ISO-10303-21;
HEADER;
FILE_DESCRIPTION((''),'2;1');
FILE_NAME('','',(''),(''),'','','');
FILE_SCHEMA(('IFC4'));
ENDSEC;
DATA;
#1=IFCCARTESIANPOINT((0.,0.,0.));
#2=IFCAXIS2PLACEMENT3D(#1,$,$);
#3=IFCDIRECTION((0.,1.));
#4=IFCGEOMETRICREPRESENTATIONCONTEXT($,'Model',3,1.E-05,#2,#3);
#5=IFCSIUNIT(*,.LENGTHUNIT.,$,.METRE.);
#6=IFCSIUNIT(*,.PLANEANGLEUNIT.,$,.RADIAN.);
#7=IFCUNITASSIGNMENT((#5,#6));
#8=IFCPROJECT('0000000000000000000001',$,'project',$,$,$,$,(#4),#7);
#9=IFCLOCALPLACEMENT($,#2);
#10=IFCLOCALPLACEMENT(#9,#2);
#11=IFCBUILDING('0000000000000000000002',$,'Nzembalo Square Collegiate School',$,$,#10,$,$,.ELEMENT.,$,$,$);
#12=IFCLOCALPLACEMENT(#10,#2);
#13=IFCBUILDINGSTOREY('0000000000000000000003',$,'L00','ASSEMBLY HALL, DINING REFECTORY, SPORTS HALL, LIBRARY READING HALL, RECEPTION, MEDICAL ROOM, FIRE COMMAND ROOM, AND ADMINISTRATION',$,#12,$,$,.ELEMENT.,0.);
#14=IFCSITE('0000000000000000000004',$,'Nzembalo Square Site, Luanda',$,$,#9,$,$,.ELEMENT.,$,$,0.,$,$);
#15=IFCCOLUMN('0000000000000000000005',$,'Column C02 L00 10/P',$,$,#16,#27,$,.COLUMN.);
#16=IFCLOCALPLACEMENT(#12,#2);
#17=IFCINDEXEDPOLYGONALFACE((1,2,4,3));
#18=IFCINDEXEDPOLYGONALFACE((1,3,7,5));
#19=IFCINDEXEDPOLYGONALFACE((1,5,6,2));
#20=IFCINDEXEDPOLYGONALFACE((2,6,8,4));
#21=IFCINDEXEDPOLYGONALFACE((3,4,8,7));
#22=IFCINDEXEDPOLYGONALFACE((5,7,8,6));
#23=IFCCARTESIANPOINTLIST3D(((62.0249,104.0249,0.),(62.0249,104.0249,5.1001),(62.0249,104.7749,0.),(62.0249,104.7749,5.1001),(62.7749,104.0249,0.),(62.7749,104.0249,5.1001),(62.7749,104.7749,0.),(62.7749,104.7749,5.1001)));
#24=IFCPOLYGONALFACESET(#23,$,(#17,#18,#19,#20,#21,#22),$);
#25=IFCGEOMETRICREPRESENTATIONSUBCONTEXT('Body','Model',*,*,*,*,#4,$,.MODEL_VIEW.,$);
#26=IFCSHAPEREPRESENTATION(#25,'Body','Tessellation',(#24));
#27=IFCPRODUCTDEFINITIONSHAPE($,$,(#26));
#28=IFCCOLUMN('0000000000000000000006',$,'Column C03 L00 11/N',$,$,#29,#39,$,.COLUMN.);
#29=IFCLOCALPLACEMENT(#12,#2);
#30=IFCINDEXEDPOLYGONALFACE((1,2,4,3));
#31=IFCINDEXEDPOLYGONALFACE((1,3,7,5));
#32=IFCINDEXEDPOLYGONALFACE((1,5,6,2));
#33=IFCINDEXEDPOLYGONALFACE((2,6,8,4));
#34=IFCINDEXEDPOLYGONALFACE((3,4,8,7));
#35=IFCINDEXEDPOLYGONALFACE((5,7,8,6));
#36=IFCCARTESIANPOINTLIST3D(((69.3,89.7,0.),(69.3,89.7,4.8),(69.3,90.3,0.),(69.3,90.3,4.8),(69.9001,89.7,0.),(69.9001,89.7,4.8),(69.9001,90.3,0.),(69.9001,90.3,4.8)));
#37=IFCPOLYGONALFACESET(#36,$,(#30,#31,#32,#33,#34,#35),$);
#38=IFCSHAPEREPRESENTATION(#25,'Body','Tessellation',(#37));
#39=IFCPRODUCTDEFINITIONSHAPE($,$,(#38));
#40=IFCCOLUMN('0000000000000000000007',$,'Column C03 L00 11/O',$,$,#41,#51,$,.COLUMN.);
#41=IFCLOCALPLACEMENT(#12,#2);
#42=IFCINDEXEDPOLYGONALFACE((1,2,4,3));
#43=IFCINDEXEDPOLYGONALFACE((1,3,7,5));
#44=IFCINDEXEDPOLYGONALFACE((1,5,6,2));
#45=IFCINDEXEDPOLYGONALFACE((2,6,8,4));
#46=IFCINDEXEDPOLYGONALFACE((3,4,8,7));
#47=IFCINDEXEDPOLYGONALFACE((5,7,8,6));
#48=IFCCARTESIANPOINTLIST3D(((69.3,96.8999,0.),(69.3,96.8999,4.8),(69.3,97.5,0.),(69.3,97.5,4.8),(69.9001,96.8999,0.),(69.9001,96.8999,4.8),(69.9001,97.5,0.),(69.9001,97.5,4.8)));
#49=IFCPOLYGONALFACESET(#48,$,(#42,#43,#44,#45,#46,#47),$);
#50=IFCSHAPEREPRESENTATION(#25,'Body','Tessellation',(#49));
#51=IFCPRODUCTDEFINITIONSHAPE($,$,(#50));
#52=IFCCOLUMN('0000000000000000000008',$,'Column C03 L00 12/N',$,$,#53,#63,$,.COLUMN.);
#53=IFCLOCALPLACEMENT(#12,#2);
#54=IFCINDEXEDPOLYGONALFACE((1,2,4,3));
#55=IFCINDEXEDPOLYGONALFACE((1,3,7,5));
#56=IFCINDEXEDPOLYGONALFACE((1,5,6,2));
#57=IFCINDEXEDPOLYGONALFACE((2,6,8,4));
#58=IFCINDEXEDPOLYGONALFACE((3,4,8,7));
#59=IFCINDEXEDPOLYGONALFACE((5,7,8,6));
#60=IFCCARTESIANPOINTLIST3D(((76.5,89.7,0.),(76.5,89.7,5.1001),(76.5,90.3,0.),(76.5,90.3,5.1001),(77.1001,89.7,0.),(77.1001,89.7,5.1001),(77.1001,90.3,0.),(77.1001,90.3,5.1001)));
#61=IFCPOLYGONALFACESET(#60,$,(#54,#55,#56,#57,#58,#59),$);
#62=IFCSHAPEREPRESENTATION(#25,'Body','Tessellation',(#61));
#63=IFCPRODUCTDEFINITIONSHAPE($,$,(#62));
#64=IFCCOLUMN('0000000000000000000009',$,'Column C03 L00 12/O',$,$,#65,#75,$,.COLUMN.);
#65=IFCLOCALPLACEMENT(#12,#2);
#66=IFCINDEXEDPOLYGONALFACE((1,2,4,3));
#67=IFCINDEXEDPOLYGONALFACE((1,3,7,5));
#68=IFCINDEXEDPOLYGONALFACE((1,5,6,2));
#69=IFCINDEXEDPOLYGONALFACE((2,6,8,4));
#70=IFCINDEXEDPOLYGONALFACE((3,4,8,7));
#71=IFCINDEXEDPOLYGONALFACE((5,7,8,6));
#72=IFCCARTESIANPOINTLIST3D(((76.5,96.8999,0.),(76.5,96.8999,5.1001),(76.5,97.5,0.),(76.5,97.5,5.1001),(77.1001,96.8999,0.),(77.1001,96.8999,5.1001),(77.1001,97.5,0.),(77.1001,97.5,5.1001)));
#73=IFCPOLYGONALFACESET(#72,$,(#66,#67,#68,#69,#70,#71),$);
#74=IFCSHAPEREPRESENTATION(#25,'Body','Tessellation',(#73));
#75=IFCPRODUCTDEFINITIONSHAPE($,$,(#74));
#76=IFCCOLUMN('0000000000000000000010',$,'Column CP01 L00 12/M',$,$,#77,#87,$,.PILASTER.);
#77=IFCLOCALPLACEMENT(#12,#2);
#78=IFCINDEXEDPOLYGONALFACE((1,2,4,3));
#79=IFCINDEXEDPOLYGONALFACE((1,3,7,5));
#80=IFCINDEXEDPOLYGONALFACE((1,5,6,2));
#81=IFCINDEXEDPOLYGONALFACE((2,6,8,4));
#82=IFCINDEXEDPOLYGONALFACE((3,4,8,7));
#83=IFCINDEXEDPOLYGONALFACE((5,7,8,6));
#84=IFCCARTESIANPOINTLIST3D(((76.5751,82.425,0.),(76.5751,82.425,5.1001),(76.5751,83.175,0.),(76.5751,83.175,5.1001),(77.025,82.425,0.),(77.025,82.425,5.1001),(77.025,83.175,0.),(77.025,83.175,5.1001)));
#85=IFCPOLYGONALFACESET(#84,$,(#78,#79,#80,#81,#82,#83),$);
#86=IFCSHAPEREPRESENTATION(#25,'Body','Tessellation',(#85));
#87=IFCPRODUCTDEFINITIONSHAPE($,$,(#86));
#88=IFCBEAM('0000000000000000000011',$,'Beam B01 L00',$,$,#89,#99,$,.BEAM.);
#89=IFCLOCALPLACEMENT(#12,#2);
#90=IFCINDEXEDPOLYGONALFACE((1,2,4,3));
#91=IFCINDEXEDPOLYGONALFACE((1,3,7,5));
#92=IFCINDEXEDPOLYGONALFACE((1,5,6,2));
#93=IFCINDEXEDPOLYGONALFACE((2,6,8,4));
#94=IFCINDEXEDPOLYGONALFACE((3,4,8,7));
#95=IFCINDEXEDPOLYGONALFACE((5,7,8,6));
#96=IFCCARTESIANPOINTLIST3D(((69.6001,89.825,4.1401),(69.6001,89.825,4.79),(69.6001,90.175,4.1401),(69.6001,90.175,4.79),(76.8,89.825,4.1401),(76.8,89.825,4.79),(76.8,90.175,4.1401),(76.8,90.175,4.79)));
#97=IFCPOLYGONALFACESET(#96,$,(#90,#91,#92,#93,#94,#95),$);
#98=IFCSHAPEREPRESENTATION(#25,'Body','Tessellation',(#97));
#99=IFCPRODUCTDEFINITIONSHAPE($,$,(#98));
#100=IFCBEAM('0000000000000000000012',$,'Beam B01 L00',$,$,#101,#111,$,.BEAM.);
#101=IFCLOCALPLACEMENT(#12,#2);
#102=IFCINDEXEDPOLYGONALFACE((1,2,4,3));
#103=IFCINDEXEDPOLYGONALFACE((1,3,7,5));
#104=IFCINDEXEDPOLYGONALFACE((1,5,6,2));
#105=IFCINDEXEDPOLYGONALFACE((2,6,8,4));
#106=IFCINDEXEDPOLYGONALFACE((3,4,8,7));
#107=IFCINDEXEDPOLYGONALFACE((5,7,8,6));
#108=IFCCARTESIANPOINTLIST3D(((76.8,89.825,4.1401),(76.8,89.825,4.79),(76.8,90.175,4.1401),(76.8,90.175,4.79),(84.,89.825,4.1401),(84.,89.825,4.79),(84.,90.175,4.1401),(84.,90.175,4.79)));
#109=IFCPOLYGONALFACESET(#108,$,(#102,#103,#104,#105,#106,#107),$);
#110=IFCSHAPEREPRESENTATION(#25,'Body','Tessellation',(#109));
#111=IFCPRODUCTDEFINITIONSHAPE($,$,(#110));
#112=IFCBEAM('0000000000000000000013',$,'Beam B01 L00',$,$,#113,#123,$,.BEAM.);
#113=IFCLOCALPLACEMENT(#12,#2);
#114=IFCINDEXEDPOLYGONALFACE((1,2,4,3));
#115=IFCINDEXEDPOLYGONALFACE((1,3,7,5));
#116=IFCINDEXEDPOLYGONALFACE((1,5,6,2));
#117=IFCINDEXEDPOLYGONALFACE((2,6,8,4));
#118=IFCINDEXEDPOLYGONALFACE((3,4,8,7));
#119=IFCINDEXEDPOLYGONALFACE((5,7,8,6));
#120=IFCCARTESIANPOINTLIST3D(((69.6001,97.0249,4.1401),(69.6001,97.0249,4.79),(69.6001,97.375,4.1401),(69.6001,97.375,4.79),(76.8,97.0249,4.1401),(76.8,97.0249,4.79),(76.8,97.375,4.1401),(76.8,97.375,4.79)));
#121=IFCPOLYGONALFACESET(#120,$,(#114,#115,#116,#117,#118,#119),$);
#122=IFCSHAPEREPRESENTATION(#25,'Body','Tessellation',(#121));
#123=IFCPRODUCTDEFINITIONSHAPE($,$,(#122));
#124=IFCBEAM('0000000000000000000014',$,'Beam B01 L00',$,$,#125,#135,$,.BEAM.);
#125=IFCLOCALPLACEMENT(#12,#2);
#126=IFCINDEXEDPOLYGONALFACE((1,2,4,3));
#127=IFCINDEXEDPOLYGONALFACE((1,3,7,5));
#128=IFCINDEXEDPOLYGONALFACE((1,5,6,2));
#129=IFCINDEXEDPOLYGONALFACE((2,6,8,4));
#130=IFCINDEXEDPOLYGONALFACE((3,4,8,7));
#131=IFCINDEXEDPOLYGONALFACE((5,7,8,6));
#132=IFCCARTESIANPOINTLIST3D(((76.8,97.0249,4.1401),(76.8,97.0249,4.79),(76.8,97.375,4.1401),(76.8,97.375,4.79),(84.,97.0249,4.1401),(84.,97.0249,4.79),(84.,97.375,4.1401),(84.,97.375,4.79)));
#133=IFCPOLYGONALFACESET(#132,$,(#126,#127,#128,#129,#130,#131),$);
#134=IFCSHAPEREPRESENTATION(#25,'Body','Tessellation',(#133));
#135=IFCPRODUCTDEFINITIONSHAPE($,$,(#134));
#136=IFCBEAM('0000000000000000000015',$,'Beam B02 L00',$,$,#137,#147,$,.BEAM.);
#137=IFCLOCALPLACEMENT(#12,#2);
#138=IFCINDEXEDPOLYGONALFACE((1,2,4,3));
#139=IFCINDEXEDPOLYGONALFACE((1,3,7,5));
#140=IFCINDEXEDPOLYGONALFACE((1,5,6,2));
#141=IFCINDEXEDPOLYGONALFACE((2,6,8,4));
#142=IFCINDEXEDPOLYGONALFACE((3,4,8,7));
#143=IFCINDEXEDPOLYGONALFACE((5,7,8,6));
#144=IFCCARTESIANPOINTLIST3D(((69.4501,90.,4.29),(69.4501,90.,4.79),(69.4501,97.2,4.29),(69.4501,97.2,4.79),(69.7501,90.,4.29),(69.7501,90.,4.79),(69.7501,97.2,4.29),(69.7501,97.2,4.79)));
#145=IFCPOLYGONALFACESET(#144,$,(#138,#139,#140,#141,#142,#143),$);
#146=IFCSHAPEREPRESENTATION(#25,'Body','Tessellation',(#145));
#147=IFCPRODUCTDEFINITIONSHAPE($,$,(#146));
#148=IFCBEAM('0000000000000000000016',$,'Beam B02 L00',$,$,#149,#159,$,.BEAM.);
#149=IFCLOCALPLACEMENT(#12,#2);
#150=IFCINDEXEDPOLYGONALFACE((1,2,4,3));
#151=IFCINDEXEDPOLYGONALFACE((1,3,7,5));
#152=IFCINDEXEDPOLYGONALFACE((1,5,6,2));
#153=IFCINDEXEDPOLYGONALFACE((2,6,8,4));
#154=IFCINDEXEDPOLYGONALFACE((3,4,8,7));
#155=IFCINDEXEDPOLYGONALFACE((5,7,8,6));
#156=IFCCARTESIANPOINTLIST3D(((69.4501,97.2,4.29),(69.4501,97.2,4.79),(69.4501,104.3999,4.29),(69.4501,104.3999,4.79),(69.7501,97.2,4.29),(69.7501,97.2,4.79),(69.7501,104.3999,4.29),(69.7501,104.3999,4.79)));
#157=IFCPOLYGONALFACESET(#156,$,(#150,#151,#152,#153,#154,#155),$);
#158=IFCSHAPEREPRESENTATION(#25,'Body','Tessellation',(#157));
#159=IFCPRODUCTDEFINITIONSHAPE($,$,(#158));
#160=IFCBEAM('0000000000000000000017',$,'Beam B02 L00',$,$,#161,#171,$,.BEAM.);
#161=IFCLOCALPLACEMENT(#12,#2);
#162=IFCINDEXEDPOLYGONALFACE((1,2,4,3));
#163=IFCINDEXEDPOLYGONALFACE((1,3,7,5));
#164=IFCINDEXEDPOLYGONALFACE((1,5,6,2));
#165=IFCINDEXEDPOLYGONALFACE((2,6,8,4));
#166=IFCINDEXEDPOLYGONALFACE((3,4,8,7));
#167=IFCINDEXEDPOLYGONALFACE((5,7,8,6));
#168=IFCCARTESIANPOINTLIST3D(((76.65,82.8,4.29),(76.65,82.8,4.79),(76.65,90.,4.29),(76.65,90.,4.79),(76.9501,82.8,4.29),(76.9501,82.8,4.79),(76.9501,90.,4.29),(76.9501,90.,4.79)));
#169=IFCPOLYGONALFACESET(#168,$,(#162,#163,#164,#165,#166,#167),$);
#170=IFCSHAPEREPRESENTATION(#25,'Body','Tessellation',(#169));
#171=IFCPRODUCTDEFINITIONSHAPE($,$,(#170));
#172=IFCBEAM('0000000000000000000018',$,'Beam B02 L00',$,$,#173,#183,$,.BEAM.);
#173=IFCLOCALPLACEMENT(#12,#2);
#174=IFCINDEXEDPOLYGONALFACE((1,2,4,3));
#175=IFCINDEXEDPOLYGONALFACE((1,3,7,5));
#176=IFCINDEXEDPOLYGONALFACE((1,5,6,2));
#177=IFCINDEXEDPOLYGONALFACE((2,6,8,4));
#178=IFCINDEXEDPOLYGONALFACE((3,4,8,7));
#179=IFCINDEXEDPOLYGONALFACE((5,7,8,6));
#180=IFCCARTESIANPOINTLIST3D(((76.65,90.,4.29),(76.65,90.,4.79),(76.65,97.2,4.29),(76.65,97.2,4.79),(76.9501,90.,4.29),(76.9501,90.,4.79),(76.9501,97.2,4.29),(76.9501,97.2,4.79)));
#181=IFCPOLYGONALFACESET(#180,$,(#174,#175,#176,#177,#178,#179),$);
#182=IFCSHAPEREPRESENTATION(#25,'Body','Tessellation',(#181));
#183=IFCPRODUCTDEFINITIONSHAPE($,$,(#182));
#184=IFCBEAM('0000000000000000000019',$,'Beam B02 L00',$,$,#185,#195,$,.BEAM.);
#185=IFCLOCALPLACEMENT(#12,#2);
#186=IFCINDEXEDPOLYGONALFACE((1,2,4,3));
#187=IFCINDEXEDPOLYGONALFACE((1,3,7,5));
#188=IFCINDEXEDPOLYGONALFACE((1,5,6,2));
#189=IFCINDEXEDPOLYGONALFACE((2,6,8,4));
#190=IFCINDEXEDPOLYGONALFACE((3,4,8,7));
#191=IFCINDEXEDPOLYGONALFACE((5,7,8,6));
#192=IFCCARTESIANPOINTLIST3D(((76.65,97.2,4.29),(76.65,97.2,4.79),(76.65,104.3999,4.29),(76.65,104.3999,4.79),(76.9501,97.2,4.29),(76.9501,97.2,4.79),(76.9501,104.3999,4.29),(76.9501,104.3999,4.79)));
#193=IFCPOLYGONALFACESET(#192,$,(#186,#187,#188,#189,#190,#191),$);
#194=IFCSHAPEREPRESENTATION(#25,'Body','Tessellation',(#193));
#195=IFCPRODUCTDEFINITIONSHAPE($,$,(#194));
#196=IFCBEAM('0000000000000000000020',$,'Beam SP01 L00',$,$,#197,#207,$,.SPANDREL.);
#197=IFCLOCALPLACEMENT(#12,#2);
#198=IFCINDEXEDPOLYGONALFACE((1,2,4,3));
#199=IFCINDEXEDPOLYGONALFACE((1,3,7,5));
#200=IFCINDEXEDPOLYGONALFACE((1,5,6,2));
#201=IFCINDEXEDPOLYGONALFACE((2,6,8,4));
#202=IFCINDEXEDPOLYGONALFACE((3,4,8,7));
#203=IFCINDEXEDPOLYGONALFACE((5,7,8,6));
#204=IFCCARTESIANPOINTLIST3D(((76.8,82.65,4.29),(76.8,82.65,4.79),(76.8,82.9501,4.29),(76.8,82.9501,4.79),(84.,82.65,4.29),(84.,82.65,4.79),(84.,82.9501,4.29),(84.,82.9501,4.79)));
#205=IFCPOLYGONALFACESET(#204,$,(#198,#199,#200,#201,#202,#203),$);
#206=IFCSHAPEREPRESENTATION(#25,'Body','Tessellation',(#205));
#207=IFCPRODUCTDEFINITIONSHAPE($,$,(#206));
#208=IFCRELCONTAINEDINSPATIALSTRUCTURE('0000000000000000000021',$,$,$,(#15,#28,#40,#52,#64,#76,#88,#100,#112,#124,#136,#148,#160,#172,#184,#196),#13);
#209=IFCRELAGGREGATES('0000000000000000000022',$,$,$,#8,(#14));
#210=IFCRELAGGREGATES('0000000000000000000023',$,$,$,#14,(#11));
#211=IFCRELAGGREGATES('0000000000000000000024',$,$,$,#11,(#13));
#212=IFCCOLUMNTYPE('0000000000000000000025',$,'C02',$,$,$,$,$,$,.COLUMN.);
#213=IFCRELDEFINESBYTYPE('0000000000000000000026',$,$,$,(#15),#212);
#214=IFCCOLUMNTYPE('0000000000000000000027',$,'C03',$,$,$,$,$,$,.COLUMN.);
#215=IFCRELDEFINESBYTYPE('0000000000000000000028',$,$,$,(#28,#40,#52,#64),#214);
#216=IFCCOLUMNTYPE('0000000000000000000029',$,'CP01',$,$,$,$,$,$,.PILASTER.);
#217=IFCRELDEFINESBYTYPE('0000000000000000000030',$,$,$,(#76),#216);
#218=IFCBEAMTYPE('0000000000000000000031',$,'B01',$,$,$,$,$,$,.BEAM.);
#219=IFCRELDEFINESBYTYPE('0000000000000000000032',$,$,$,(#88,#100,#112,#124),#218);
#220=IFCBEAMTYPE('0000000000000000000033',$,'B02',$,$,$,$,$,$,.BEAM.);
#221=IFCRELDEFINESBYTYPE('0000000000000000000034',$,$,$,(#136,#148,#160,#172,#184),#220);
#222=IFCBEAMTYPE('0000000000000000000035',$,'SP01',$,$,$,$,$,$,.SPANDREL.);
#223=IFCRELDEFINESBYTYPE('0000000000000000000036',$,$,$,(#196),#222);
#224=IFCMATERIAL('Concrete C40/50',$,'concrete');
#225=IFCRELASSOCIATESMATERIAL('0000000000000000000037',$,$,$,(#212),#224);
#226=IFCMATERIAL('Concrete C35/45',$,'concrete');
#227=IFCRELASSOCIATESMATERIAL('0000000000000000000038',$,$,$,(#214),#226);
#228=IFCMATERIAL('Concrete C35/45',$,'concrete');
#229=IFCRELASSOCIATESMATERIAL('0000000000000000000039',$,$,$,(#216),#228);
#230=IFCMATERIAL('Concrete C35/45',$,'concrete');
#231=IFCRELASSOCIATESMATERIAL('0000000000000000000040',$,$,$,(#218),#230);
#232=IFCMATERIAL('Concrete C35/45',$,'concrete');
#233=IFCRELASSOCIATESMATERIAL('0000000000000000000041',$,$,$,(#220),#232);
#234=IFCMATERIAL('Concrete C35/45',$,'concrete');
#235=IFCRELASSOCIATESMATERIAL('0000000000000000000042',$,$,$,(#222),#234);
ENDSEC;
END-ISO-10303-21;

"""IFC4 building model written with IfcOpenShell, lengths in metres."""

from ifc_helpers import new_model, si_unit, direction, frame, origin, origin_2d, place, context, subcontext, project, spatial, rectangle, extrude, material, material_profile, profile_set, type_object, element, save


model = new_model("IFC4")

# Units and contexts
model_context = context("Model", 3, precision=1e-05, world=origin(), true_north=direction((0.0, 1.0)))
body_context = subcontext(model_context, "Body", "Model", "MODEL_VIEW")
ifc_project = project(units=[si_unit("LENGTHUNIT", "METRE"), si_unit("PLANEANGLEUNIT", "RADIAN")], contexts=[model_context])

# Site, building, storey
site_placement = place(None, origin())
site = spatial("IfcSite", under=ifc_project, at=site_placement, Name="Nzembalo Square Site, Luanda", CompositionType="ELEMENT", RefElevation=0.0)
building_placement = place(site_placement, origin())
building = spatial("IfcBuilding", under=site, at=building_placement, Name="Nzembalo Square Collegiate School", CompositionType="ELEMENT")
storey_placement = place(building_placement, origin())
storey = spatial("IfcBuildingStorey", under=building, at=storey_placement, Name="L00", Description="ASSEMBLY HALL, DINING REFECTORY, SPORTS HALL, LIBRARY READING HALL, RECEPTION, MEDICAL ROOM, FIRE COMMAND ROOM, AND ADMINISTRATION", CompositionType="ELEMENT", Elevation=0.0)

# Columns
ifc_material_1 = material(Name="Concrete C40/50", Category="concrete")
ifc_material_profile_1 = material_profile(ifc_material_1, rectangle(XDim=0.75, YDim=0.75, at=origin_2d()), Name="RC 750x750")
ifc_profile_set_1 = profile_set([ifc_material_profile_1], Name="Concrete C40/50")
column_type_1 = type_object("IfcColumnType", Name="C02", PredefinedType="COLUMN", material=ifc_profile_set_1)
column_1_placement = place(storey_placement, frame((62.3999, 104.3999, 0.0), z_axis=(0.0, 0.0, 1.0), x_axis=(1.0, 0.0, 0.0)))
element("IfcColumn", 1, at=column_1_placement, inside=storey, type_object=column_type_1, Name="Column C02 L00 10/P", PredefinedType="COLUMN", context=body_context, shape_type="SweptSolid", body=[
    extrude(rectangle(XDim=0.75, YDim=0.75, at=origin_2d()), origin(), (0.0, 0.0, 1.0), 5.1001),
])
ifc_material_2 = material(Name="Concrete C35/45", Category="concrete")
ifc_material_profile_2 = material_profile(ifc_material_2, rectangle(XDim=0.6001, YDim=0.6001, at=origin_2d()), Name="RC 600x600")
ifc_profile_set_2 = profile_set([ifc_material_profile_2], Name="Concrete C35/45")
column_type_2 = type_object("IfcColumnType", Name="C03", PredefinedType="COLUMN", material=ifc_profile_set_2)
for number, where, z_axis, x_axis, name in (
    (2, (69.6001, 90.0, 0.0), (0.0, 0.0, 1.0), (1.0, 0.0, 0.0), "Column C03 L00 11/N"),
    (3, (69.6001, 97.2, 0.0), (0.0, 0.0, 1.0), (1.0, 0.0, 0.0), "Column C03 L00 11/O"),
):
    element("IfcColumn", number, at=place(storey_placement, frame(where, z_axis=z_axis, x_axis=x_axis)), inside=storey, type_object=column_type_2, Name=name, PredefinedType="COLUMN", context=body_context, shape_type="SweptSolid", body=[
        extrude(rectangle(XDim=0.6001, YDim=0.6001, at=origin_2d()), origin(), (0.0, 0.0, 1.0), 4.8),
    ])
for number, where, z_axis, x_axis, name in (
    (4, (76.8, 90.0, 0.0), (0.0, 0.0, 1.0), (1.0, 0.0, 0.0), "Column C03 L00 12/N"),
    (5, (76.8, 97.2, 0.0), (0.0, 0.0, 1.0), (1.0, 0.0, 0.0), "Column C03 L00 12/O"),
):
    element("IfcColumn", number, at=place(storey_placement, frame(where, z_axis=z_axis, x_axis=x_axis)), inside=storey, type_object=column_type_2, Name=name, PredefinedType="COLUMN", context=body_context, shape_type="SweptSolid", body=[
        extrude(rectangle(XDim=0.6001, YDim=0.6001, at=origin_2d()), origin(), (0.0, 0.0, 1.0), 5.1001),
    ])
ifc_material_3 = material(Name="Concrete C35/45", Category="concrete")
ifc_material_profile_3 = material_profile(ifc_material_3, rectangle(XDim=0.45, YDim=0.75, at=origin_2d()), Name="RC 450x750")
ifc_profile_set_3 = profile_set([ifc_material_profile_3], Name="Concrete C35/45")
column_type_3 = type_object("IfcColumnType", Name="CP01", PredefinedType="PILASTER", material=ifc_profile_set_3)
column_2_placement = place(storey_placement, frame((76.8, 82.8, 0.0), z_axis=(0.0, 0.0, 1.0), x_axis=(1.0, 0.0, 0.0)))
element("IfcColumn", 6, at=column_2_placement, inside=storey, type_object=column_type_3, Name="Column CP01 L00 12/M", PredefinedType="PILASTER", context=body_context, shape_type="SweptSolid", body=[
    extrude(rectangle(XDim=0.45, YDim=0.75, at=origin_2d()), origin(), (0.0, 0.0, 1.0), 5.1001),
])

# Beams
ifc_material_4 = material(Name="Concrete C35/45", Category="concrete")
ifc_material_profile_4 = material_profile(ifc_material_4, rectangle(XDim=0.3501, YDim=0.6499, at=origin_2d()), Name="RC 350x650")
ifc_profile_set_4 = profile_set([ifc_material_profile_4], Name="Concrete C35/45")
beam_type_1 = type_object("IfcBeamType", Name="B01", PredefinedType="BEAM", material=ifc_profile_set_4)
for number, where, z_axis, x_axis, name in (
    (7, (69.6001, 90.0, 4.4651), (1.0, 0.0, 0.0), (0.0, 1.0, 0.0), "Beam B01 L00"),
    (8, (76.8, 90.0, 4.4651), (1.0, 0.0, 0.0), (0.0, 1.0, 0.0), "Beam B01 L00"),
    (9, (69.6001, 97.2, 4.4651), (1.0, 0.0, 0.0), (0.0, 1.0, 0.0), "Beam B01 L00"),
    (10, (76.8, 97.2, 4.4651), (1.0, 0.0, 0.0), (0.0, 1.0, 0.0), "Beam B01 L00"),
):
    element("IfcBeam", number, at=place(storey_placement, frame(where, z_axis=z_axis, x_axis=x_axis)), inside=storey, type_object=beam_type_1, Name=name, PredefinedType="BEAM", context=body_context, shape_type="SweptSolid", body=[
        extrude(rectangle(XDim=0.3501, YDim=0.6499, at=origin_2d()), origin(), (0.0, 0.0, 1.0), 7.2),
    ])
ifc_material_5 = material(Name="Concrete C35/45", Category="concrete")
ifc_material_profile_5 = material_profile(ifc_material_5, rectangle(XDim=0.3, YDim=0.5, at=origin_2d()), Name="RC 300x500")
ifc_profile_set_5 = profile_set([ifc_material_profile_5], Name="Concrete C35/45")
beam_type_2 = type_object("IfcBeamType", Name="B02", PredefinedType="BEAM", material=ifc_profile_set_5)
for number, where, z_axis, x_axis, name in (
    (11, (69.6001, 90.0, 4.54), (0.0, 1.0, 0.0), (-1.0, 0.0, 0.0), "Beam B02 L00"),
    (12, (69.6001, 97.2, 4.54), (0.0, 1.0, 0.0), (-1.0, 0.0, 0.0), "Beam B02 L00"),
    (13, (76.8, 82.8, 4.54), (0.0, 1.0, 0.0), (-1.0, 0.0, 0.0), "Beam B02 L00"),
    (14, (76.8, 90.0, 4.54), (0.0, 1.0, 0.0), (-1.0, 0.0, 0.0), "Beam B02 L00"),
    (15, (76.8, 97.2, 4.54), (0.0, 1.0, 0.0), (-1.0, 0.0, 0.0), "Beam B02 L00"),
):
    element("IfcBeam", number, at=place(storey_placement, frame(where, z_axis=z_axis, x_axis=x_axis)), inside=storey, type_object=beam_type_2, Name=name, PredefinedType="BEAM", context=body_context, shape_type="SweptSolid", body=[
        extrude(rectangle(XDim=0.3, YDim=0.5, at=origin_2d()), origin(), (0.0, 0.0, 1.0), 7.2),
    ])
ifc_material_6 = material(Name="Concrete C35/45", Category="concrete")
ifc_material_profile_6 = material_profile(ifc_material_6, rectangle(XDim=0.3, YDim=0.5, at=origin_2d()), Name="RC 300x500")
ifc_profile_set_6 = profile_set([ifc_material_profile_6], Name="Concrete C35/45")
beam_type_3 = type_object("IfcBeamType", Name="SP01", PredefinedType="SPANDREL", material=ifc_profile_set_6)
beam_placement = place(storey_placement, frame((76.8, 82.8, 4.54), z_axis=(1.0, 0.0, 0.0), x_axis=(0.0, 1.0, 0.0)))
element("IfcBeam", 16, at=beam_placement, inside=storey, type_object=beam_type_3, Name="Beam SP01 L00", PredefinedType="SPANDREL", context=body_context, shape_type="SweptSolid", body=[
    extrude(rectangle(XDim=0.3, YDim=0.5, at=origin_2d()), origin(), (0.0, 0.0, 1.0), 7.2),
])

save(model, "model.ifc")
